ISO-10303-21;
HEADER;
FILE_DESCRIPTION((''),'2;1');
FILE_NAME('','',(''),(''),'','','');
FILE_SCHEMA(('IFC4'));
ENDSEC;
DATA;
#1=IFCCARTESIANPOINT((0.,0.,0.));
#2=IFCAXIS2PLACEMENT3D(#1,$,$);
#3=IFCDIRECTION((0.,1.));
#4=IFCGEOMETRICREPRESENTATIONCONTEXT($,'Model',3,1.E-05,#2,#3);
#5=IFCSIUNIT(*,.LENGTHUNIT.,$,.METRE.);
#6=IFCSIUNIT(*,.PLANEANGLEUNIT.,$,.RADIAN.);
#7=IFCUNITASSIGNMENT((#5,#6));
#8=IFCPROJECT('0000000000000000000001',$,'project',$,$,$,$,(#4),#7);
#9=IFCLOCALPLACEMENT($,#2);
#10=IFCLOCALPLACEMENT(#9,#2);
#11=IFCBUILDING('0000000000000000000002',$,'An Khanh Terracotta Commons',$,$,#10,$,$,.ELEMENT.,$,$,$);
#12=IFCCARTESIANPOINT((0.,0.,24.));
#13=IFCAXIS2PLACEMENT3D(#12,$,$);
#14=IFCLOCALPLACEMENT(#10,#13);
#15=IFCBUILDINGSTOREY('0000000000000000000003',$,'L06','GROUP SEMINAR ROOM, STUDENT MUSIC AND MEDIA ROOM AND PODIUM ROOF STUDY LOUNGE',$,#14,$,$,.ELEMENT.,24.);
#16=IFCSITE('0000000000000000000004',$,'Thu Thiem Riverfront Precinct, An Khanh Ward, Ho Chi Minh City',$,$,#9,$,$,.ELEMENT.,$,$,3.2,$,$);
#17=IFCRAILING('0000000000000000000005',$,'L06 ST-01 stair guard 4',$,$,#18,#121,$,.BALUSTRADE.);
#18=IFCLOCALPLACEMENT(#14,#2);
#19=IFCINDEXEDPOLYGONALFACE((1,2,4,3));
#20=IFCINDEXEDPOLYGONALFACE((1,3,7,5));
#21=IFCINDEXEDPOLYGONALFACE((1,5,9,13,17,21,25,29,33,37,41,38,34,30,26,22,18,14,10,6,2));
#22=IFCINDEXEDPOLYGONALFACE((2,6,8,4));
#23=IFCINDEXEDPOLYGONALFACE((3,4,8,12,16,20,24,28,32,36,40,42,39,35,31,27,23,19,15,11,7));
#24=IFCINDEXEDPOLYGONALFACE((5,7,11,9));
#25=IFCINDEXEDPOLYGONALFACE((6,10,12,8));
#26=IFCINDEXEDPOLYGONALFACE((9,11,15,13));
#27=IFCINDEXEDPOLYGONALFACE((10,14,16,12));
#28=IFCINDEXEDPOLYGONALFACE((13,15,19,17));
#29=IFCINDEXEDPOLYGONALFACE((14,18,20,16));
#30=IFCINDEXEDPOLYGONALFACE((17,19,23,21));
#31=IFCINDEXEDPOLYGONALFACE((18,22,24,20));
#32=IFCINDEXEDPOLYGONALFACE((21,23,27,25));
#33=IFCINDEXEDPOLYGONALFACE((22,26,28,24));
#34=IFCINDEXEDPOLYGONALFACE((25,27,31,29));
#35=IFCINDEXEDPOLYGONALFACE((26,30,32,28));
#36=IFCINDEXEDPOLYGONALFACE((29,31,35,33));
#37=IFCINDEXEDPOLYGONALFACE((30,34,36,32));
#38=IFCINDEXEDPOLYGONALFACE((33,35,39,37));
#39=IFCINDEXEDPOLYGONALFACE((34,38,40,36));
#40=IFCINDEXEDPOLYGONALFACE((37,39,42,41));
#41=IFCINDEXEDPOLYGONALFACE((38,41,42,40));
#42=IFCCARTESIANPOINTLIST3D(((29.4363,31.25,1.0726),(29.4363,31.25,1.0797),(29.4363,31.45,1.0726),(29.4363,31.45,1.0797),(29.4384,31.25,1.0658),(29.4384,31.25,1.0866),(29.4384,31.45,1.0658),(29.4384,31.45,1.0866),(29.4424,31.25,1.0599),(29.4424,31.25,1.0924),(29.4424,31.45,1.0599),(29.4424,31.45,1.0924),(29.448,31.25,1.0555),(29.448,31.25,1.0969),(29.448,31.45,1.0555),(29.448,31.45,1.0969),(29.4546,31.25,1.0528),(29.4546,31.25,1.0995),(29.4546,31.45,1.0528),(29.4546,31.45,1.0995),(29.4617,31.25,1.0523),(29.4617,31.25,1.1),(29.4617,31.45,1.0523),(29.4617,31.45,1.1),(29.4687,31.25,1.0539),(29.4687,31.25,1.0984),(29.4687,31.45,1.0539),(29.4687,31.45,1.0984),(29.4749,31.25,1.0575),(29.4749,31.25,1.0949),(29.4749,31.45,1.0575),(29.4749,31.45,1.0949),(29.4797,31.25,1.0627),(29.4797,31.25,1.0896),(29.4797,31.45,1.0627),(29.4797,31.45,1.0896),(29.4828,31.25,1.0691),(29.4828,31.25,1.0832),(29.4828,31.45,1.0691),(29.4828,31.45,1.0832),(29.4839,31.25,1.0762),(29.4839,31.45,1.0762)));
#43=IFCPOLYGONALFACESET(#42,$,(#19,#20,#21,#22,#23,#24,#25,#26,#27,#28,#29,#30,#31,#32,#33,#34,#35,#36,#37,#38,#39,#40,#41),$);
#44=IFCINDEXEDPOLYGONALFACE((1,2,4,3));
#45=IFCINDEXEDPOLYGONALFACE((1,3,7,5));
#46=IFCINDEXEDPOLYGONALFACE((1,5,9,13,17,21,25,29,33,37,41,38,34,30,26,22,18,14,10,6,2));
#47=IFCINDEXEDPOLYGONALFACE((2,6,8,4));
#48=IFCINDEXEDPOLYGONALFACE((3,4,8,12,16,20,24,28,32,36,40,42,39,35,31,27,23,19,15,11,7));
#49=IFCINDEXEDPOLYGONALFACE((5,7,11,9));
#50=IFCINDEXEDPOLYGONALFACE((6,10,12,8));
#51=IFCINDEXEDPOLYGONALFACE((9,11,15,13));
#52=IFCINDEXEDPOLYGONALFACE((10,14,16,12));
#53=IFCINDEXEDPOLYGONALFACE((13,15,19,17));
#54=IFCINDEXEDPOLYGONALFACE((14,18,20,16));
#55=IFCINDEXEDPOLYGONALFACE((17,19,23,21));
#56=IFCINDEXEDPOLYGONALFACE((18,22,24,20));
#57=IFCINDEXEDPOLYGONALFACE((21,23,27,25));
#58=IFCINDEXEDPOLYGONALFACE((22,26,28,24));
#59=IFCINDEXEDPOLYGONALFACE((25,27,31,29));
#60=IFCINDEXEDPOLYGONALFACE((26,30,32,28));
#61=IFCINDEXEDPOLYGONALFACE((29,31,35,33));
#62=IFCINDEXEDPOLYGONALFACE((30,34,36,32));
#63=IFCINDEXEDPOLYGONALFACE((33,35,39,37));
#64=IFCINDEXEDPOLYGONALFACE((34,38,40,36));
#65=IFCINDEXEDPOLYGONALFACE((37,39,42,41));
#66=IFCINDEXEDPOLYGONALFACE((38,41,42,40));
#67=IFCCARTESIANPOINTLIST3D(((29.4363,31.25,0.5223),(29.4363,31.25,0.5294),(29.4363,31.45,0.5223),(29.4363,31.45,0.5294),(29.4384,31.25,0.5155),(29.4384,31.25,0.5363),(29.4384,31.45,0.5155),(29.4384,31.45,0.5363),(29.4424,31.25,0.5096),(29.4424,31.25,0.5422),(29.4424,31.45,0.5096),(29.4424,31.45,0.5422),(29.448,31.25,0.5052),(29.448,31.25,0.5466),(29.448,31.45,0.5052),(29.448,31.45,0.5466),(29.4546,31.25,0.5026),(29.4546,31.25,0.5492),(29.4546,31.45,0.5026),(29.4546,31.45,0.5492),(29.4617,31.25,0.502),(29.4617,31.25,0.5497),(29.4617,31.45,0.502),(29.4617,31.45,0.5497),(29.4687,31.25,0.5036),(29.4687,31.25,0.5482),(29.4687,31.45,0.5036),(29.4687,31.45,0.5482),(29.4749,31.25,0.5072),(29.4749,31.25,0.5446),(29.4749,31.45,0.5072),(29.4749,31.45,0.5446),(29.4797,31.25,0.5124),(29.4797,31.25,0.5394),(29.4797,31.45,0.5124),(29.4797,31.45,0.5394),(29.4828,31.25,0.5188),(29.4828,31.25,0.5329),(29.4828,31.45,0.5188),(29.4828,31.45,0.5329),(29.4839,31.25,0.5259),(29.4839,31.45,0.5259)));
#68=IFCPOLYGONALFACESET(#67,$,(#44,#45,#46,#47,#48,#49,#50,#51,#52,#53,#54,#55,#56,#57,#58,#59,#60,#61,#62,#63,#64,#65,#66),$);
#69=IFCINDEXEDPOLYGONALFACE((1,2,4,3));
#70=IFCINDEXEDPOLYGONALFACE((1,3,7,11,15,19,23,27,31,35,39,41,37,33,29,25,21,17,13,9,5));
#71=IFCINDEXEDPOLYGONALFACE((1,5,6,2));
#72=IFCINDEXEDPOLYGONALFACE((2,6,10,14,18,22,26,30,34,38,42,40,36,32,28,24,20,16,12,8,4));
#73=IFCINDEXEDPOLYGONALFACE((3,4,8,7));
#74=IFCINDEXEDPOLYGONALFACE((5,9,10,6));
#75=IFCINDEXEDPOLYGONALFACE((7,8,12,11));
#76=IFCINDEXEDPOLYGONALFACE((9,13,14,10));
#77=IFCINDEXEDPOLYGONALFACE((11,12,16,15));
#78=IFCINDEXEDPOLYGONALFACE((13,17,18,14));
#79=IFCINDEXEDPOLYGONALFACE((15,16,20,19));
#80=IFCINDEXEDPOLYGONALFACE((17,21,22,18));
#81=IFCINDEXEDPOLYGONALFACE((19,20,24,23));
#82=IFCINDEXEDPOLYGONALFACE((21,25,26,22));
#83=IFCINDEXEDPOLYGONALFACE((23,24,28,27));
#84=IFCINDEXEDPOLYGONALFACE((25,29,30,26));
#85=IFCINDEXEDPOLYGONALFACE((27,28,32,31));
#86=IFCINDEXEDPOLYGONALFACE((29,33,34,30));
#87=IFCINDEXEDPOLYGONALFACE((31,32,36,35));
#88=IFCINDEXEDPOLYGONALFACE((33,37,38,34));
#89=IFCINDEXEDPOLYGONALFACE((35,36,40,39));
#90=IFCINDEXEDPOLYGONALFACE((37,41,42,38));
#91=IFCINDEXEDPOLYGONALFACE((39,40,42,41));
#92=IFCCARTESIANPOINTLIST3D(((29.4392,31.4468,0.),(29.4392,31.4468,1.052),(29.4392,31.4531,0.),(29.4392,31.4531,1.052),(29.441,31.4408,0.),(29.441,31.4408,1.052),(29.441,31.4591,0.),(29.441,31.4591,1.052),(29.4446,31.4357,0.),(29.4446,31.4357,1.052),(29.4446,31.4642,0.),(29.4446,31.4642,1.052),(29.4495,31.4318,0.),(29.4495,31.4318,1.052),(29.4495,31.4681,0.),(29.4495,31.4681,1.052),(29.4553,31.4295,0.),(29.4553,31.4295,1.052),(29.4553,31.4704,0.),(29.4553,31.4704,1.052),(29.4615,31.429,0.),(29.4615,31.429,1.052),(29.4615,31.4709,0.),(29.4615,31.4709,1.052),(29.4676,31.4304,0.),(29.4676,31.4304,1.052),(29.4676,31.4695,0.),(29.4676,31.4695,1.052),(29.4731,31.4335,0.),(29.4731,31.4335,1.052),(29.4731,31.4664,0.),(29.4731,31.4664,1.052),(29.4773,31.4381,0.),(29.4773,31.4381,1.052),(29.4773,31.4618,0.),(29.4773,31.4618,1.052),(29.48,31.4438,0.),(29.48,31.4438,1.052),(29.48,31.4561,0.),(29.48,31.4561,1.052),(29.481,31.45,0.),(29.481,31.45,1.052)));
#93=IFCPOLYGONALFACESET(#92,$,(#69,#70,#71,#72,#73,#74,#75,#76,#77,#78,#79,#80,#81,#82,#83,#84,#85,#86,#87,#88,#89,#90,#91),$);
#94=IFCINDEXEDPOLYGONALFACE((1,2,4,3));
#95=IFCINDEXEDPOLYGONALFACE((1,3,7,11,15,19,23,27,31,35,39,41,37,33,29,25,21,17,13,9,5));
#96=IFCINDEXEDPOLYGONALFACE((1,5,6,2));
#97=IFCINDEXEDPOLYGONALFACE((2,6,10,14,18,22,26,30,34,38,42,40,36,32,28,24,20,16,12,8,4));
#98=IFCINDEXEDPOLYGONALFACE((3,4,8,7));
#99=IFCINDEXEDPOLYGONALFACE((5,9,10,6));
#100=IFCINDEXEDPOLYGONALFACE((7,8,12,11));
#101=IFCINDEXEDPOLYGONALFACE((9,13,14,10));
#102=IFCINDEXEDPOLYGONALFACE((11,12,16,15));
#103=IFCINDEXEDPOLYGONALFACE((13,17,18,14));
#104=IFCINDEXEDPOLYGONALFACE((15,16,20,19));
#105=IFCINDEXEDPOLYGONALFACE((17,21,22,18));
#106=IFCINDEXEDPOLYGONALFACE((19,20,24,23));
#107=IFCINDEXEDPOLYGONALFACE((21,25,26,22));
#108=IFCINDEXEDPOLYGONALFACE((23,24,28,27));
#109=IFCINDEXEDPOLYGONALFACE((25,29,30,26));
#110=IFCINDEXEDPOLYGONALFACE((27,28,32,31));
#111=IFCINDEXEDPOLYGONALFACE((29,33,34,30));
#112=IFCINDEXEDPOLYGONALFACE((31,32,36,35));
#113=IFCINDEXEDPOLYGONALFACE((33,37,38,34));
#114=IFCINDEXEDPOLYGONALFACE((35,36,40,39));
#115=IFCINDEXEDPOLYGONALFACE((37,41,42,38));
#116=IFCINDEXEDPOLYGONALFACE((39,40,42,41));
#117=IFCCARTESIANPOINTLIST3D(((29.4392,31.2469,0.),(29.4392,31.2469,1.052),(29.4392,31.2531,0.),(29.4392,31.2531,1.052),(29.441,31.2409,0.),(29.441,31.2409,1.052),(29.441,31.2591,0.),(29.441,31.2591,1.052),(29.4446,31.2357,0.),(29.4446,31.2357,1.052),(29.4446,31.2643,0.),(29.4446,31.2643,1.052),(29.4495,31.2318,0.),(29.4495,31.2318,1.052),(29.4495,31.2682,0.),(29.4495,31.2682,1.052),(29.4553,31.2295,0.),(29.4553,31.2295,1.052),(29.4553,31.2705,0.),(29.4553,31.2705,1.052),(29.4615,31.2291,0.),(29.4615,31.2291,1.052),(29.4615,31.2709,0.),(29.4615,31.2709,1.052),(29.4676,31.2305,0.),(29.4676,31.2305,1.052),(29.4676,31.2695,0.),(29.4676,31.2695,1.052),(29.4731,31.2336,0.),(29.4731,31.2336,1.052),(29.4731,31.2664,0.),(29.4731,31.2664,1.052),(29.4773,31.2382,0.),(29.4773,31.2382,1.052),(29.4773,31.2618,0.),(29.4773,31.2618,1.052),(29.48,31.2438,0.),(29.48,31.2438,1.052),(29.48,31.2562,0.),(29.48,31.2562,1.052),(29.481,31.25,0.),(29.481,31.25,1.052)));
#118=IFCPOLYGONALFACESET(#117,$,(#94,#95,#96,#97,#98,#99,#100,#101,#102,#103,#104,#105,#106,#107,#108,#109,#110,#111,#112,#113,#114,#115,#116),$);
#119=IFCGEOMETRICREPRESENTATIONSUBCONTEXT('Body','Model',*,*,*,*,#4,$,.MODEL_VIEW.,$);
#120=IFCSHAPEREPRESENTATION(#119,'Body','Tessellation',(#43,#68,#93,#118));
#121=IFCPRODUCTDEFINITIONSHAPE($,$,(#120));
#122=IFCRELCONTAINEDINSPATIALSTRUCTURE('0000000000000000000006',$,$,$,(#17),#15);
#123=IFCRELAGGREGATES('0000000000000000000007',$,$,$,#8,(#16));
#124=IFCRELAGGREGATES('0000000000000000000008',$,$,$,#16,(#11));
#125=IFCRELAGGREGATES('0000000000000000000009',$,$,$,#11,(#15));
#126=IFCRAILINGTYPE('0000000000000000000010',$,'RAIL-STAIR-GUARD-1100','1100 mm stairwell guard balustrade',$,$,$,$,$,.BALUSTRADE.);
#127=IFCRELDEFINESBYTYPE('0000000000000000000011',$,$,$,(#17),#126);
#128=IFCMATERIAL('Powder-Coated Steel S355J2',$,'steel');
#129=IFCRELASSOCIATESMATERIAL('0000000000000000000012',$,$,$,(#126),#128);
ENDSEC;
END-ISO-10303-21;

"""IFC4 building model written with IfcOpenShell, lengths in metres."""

from ifc_helpers import new_model, si_unit, direction, frame, origin, origin_2d, place, context, subcontext, project, spatial, circle, extrude, material, type_object, element, save


model = new_model("IFC4")

# Units and contexts
model_context = context("Model", 3, precision=1e-05, world=origin(), true_north=direction((0.0, 1.0)))
body_context = subcontext(model_context, "Body", "Model", "MODEL_VIEW")
ifc_project = project(units=[si_unit("LENGTHUNIT", "METRE"), si_unit("PLANEANGLEUNIT", "RADIAN")], contexts=[model_context])

# Site, building, storey
site_placement = place(None, origin())
site = spatial("IfcSite", under=ifc_project, at=site_placement, Name="Thu Thiem Riverfront Precinct, An Khanh Ward, Ho Chi Minh City", CompositionType="ELEMENT", RefElevation=3.2)
building_placement = place(site_placement, origin())
building = spatial("IfcBuilding", under=site, at=building_placement, Name="An Khanh Terracotta Commons", CompositionType="ELEMENT")
storey_placement = place(building_placement, frame((0.0, 0.0, 24.0)))
storey = spatial("IfcBuildingStorey", under=building, at=storey_placement, Name="L06", Description="GROUP SEMINAR ROOM, STUDENT MUSIC AND MEDIA ROOM AND PODIUM ROOF STUDY LOUNGE", CompositionType="ELEMENT", Elevation=24.0)

# Railing
ifc_material_1 = material(Name="Powder-Coated Steel S355J2", Category="steel")
railing_type_1 = type_object("IfcRailingType", Name="RAIL-STAIR-GUARD-1100", Description="1100 mm stairwell guard balustrade", PredefinedType="BALUSTRADE", material=ifc_material_1)
railing_1_placement = place(storey_placement, frame((29.46, 31.45, 0.0)))
element("IfcRailing", 1, at=railing_1_placement, inside=storey, type_object=railing_type_1, Name="L06 ST-01 stair guard 4", PredefinedType="BALUSTRADE", context=body_context, shape_type="SweptSolid", body=[
    extrude(circle(Radius=0.0239, at=origin_2d()), frame((0.0, 0.0, 1.0762), z_axis=(0.0, -1.0, 0.0), x_axis=(1.0, 0.0, 0.0)), (0.0, 0.0, 1.0), 0.2),
    extrude(circle(Radius=0.0239, at=origin_2d()), frame((0.0, 0.0, 0.5259), z_axis=(0.0, -1.0, 0.0), x_axis=(1.0, 0.0, 0.0)), (0.0, 0.0, 1.0), 0.2),
    extrude(circle(Radius=0.021, at=origin_2d()), origin(), (0.0, 0.0, 1.0), 1.052),
    extrude(circle(Radius=0.021, at=origin_2d()), frame((0.0, -0.2, 0.0)), (0.0, 0.0, 1.0), 1.052),
])

save(model, "model.ifc")
